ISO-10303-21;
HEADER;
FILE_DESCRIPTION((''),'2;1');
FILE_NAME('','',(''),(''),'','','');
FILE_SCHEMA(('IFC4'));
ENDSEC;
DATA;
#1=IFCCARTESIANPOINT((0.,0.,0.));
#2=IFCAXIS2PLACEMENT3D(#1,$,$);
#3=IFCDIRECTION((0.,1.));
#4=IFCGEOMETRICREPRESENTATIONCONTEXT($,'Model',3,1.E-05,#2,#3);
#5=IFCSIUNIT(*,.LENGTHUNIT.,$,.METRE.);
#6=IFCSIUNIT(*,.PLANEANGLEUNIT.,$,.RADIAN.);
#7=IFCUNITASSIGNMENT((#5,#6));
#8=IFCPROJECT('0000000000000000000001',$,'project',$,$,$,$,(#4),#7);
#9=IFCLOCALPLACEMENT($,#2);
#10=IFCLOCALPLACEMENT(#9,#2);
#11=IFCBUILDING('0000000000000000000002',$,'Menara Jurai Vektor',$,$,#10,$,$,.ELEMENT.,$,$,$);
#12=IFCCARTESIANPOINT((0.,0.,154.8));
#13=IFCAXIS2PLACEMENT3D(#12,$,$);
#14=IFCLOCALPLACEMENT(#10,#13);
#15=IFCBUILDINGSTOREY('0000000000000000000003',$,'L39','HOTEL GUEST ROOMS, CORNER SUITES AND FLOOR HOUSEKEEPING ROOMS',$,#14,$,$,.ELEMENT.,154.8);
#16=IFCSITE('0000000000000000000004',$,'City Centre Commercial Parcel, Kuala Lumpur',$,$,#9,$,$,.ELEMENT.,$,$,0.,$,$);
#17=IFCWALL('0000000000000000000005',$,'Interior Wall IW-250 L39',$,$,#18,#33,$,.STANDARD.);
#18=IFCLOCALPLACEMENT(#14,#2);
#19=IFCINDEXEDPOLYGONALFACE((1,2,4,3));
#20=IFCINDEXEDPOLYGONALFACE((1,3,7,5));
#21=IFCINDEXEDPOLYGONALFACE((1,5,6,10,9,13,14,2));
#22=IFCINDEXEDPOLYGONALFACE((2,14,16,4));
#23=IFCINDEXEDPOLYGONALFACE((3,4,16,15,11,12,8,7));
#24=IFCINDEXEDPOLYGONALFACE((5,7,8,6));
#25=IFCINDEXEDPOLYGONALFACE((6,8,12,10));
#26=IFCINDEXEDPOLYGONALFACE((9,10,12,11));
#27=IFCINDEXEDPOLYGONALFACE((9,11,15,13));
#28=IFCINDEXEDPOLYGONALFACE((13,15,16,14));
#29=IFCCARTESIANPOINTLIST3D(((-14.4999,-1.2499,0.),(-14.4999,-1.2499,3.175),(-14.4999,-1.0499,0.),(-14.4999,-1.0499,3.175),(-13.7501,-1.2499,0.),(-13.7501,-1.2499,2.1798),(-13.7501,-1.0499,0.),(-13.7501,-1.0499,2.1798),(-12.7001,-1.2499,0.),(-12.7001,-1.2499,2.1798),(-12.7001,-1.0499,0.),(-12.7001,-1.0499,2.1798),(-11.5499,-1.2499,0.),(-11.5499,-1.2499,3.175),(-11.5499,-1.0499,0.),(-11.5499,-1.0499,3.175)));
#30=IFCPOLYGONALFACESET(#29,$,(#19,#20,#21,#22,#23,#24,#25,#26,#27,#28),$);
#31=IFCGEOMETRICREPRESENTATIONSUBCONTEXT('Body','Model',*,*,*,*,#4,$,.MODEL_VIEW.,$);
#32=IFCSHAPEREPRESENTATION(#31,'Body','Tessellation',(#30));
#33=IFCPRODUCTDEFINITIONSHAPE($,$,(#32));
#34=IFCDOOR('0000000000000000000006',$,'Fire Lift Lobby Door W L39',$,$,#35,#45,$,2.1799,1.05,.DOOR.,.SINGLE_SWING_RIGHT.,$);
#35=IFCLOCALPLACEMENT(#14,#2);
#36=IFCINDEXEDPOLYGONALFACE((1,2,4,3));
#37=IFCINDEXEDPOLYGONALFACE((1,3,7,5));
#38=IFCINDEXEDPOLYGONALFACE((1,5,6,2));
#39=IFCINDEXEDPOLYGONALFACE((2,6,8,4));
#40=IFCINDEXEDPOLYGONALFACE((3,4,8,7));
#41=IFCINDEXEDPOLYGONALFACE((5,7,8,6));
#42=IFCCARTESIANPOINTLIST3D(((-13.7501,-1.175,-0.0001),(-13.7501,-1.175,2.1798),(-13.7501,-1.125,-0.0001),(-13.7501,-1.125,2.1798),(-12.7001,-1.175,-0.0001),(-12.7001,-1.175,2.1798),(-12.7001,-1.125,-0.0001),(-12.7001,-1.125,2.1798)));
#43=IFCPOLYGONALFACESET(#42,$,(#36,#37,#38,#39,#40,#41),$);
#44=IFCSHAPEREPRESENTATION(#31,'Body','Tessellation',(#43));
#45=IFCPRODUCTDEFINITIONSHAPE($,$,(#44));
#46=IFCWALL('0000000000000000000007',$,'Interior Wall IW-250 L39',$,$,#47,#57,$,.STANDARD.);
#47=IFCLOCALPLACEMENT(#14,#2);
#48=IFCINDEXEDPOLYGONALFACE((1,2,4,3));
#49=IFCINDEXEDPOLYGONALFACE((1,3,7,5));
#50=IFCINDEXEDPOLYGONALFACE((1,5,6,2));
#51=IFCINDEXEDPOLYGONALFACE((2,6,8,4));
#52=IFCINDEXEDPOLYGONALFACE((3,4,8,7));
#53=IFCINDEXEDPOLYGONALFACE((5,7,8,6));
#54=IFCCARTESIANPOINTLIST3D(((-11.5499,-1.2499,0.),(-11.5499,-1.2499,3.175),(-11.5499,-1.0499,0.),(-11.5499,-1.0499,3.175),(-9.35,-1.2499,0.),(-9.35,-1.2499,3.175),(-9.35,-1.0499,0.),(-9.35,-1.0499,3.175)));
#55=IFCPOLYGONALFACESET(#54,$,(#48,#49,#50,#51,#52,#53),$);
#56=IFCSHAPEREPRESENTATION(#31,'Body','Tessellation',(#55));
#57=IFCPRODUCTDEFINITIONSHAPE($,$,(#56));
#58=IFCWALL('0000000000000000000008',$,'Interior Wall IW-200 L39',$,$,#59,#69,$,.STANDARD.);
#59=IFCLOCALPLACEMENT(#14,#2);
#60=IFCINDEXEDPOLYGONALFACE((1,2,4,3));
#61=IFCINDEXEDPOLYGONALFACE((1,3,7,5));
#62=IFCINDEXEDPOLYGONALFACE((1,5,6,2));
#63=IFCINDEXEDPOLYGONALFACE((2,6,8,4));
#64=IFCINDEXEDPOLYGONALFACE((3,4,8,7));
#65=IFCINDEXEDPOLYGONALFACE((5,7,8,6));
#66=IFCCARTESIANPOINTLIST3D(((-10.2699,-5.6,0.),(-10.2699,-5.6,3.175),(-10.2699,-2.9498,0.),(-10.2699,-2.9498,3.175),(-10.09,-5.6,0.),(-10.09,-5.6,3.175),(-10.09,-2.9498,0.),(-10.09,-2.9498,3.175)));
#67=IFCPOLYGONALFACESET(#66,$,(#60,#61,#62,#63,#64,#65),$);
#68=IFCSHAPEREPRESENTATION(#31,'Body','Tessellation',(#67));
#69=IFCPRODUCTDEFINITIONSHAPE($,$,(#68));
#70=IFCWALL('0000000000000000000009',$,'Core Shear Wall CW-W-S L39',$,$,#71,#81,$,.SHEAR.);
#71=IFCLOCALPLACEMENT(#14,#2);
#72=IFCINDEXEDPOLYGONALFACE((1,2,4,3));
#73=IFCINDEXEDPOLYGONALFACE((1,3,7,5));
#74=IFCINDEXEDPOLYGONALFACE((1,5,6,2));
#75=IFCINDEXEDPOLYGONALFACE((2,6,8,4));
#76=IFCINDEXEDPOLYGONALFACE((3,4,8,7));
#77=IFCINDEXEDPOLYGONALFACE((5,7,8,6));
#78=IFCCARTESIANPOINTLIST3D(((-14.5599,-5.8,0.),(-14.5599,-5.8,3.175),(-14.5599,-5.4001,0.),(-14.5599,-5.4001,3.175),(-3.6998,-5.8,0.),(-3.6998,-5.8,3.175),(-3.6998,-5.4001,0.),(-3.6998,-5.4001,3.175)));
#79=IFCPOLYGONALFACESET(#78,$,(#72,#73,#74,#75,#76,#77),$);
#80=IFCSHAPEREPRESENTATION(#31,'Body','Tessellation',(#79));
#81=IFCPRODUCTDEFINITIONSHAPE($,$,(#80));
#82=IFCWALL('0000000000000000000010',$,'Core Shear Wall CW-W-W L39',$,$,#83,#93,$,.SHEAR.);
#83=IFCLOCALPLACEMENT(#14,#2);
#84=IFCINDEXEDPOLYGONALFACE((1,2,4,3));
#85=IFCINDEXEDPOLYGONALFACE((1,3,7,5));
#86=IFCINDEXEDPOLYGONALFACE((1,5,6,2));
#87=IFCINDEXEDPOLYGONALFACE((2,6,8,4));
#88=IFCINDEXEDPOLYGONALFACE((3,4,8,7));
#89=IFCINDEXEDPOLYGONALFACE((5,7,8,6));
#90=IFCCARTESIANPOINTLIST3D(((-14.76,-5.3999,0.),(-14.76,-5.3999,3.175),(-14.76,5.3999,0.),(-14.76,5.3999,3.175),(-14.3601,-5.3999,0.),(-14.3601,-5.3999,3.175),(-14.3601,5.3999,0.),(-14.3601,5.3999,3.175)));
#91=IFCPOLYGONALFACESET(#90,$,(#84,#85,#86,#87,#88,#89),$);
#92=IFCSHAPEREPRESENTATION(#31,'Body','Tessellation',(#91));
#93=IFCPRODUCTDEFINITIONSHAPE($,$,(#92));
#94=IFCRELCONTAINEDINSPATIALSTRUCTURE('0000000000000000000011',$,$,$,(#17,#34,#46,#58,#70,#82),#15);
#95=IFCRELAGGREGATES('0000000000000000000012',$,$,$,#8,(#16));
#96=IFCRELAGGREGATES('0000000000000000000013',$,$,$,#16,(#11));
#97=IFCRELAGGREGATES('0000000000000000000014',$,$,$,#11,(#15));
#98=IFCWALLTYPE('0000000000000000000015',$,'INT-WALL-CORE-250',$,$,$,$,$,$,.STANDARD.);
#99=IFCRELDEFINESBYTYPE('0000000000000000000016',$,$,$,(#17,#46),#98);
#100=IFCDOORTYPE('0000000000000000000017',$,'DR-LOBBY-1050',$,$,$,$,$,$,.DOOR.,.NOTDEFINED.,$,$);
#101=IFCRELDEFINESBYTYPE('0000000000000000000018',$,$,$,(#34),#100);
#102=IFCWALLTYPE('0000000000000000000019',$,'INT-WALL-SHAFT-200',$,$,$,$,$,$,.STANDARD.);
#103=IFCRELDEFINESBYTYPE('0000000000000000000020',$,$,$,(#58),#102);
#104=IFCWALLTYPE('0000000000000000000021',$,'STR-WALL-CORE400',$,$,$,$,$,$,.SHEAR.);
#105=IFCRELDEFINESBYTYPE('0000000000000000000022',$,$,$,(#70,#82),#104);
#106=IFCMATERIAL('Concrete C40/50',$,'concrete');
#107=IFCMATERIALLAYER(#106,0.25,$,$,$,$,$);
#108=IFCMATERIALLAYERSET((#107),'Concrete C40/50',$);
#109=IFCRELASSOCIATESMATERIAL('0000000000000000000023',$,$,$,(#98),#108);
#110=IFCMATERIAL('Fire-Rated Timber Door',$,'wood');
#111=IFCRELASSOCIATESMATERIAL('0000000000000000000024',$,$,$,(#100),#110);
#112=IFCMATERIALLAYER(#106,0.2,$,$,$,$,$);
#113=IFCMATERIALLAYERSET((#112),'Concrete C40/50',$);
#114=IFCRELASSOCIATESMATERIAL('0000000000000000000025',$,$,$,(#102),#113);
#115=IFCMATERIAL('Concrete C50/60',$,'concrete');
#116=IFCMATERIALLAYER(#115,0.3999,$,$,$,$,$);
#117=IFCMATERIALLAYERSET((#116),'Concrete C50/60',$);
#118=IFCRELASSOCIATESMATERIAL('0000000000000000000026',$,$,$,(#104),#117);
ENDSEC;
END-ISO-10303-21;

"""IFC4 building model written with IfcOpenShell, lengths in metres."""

from ifc_helpers import new_model, si_unit, direction, frame, frame_2d, origin, place, context, subcontext, project, spatial, rectangle, extrude, material, layer, layer_set, type_object, element, fill, save


model = new_model("IFC4")

# Units and contexts
model_context = context("Model", 3, precision=1e-05, world=origin(), true_north=direction((0.0, 1.0)))
body_context = subcontext(model_context, "Body", "Model", "MODEL_VIEW")
ifc_project = project(units=[si_unit("LENGTHUNIT", "METRE"), si_unit("PLANEANGLEUNIT", "RADIAN")], contexts=[model_context])

# Site, building, storey
site_placement = place(None, origin())
site = spatial("IfcSite", under=ifc_project, at=site_placement, Name="City Centre Commercial Parcel, Kuala Lumpur", CompositionType="ELEMENT", RefElevation=0.0)
building_placement = place(site_placement, origin())
building = spatial("IfcBuilding", under=site, at=building_placement, Name="Menara Jurai Vektor", CompositionType="ELEMENT")
storey_placement = place(building_placement, frame((0.0, 0.0, 154.8)))
storey = spatial("IfcBuildingStorey", under=building, at=storey_placement, Name="L39", Description="HOTEL GUEST ROOMS, CORNER SUITES AND FLOOR HOUSEKEEPING ROOMS", CompositionType="ELEMENT", Elevation=154.8)

# Shared definitions
ifc_material_1 = material(Name="Concrete C50/60", Category="concrete")

# Shared definitions
ifc_material_2 = material(Name="Concrete C40/50", Category="concrete")
ifc_layer_1 = layer(ifc_material_2, 0.25)
ifc_layer_set_1 = layer_set([ifc_layer_1], Name="Concrete C40/50")
wall_type_1 = type_object("IfcWallType", Name="INT-WALL-CORE-250", PredefinedType="STANDARD", material=ifc_layer_set_1)

# Wall, opening, door
wall_1_placement = place(storey_placement, frame((-14.5, -1.1499, 0.0), z_axis=(0.0, 0.0, 1.0), x_axis=(1.0, 0.0, 0.0)))
wall_1 = element("IfcWall", 1, at=wall_1_placement, inside=storey, type_object=wall_type_1, Name="Interior Wall IW-250 L39", PredefinedType="STANDARD", context=body_context, shape_type="SweptSolid", body=[
    extrude(rectangle(XDim=2.95, YDim=0.2, at=frame_2d((1.4751, 0.0))), origin(), (0.0, 0.0, 1.0), 3.175),
])
opening_1_placement = place(wall_1_placement, frame((0.75, 0.0, 0.0)))
opening_1 = element("IfcOpeningElement", 2, at=opening_1_placement, cuts=wall_1, PredefinedType="OPENING", context=body_context, shape_type="SweptSolid", body=[
    extrude(rectangle(XDim=1.05, YDim=2.1799, at=frame_2d((0.5249, 1.0898))), frame((0.0, 0.1099, 0.0), z_axis=(0.0, -1.0, 0.0), x_axis=(1.0, 0.0, 0.0)), (0.0, 0.0, 1.0), 0.22),
])
ifc_material_3 = material(Name="Fire-Rated Timber Door", Category="wood")
door_type_1 = type_object("IfcDoorType", Name="DR-LOBBY-1050", OperationType="NOTDEFINED", PredefinedType="DOOR", material=ifc_material_3)
door_1_placement = place(opening_1_placement, origin())
door_1 = element("IfcDoor", 3, at=door_1_placement, inside=storey, type_object=door_type_1, Name="Fire Lift Lobby Door W L39", OperationType="SINGLE_SWING_RIGHT", OverallHeight=2.1799, OverallWidth=1.05, PredefinedType="DOOR", context=body_context, shape_type="SweptSolid", body=[
    extrude(rectangle(XDim=1.05, YDim=2.1799, at=frame_2d((0.5249, 1.0898))), frame((0.0, 0.0249, 0.0), z_axis=(0.0, -1.0, 0.0), x_axis=(1.0, 0.0, 0.0)), (0.0, 0.0, 1.0), 0.05),
])
fill(opening_1, door_1)

# Wall
wall_2_placement = place(storey_placement, frame((-11.55, -1.1499, 0.0), z_axis=(0.0, 0.0, 1.0), x_axis=(1.0, 0.0, 0.0)))
element("IfcWall", 4, at=wall_2_placement, inside=storey, type_object=wall_type_1, Name="Interior Wall IW-250 L39", PredefinedType="STANDARD", context=body_context, shape_type="SweptSolid", body=[
    extrude(rectangle(XDim=2.2, YDim=0.2, at=frame_2d((1.1001, 0.0))), origin(), (0.0, 0.0, 1.0), 3.175),
])

# Shared definitions
ifc_layer_2 = layer(ifc_material_2, 0.2)
ifc_layer_set_2 = layer_set([ifc_layer_2], Name="Concrete C40/50")
wall_type_2 = type_object("IfcWallType", Name="INT-WALL-SHAFT-200", PredefinedType="STANDARD", material=ifc_layer_set_2)

# Walls
wall_3_placement = place(storey_placement, frame((-10.1799, -5.6001, 0.0), z_axis=(0.0, 0.0, 1.0), x_axis=(0.0, 1.0, 0.0)))
element("IfcWall", 5, at=wall_3_placement, inside=storey, type_object=wall_type_2, Name="Interior Wall IW-200 L39", PredefinedType="STANDARD", context=body_context, shape_type="SweptSolid", body=[
    extrude(rectangle(XDim=2.6501, YDim=0.1799, at=frame_2d((1.3252, 0.0))), origin(), (0.0, 0.0, 1.0), 3.175),
])
ifc_layer_3 = layer(ifc_material_1, 0.3999)
ifc_layer_set_3 = layer_set([ifc_layer_3], Name="Concrete C50/60")
wall_type_3 = type_object("IfcWallType", Name="STR-WALL-CORE400", PredefinedType="SHEAR", material=ifc_layer_set_3)
wall_4_placement = place(storey_placement, frame((-14.5601, -5.6001, 0.0), z_axis=(0.0, 0.0, 1.0), x_axis=(1.0, 0.0, 0.0)))
element("IfcWall", 6, at=wall_4_placement, inside=storey, type_object=wall_type_3, Name="Core Shear Wall CW-W-S L39", PredefinedType="SHEAR", context=body_context, shape_type="SweptSolid", body=[
    extrude(rectangle(XDim=10.8601, YDim=0.3999, at=frame_2d((5.4302, 0.0))), origin(), (0.0, 0.0, 1.0), 3.175),
])
wall_5_placement = place(storey_placement, frame((-14.5601, -5.3999, 0.0), z_axis=(0.0, 0.0, 1.0), x_axis=(0.0, 1.0, 0.0)))
element("IfcWall", 7, at=wall_5_placement, inside=storey, type_object=wall_type_3, Name="Core Shear Wall CW-W-W L39", PredefinedType="SHEAR", context=body_context, shape_type="SweptSolid", body=[
    extrude(rectangle(XDim=10.7998, YDim=0.3999, at=frame_2d((5.3999, 0.0))), origin(), (0.0, 0.0, 1.0), 3.175),
])

save(model, "model.ifc")
